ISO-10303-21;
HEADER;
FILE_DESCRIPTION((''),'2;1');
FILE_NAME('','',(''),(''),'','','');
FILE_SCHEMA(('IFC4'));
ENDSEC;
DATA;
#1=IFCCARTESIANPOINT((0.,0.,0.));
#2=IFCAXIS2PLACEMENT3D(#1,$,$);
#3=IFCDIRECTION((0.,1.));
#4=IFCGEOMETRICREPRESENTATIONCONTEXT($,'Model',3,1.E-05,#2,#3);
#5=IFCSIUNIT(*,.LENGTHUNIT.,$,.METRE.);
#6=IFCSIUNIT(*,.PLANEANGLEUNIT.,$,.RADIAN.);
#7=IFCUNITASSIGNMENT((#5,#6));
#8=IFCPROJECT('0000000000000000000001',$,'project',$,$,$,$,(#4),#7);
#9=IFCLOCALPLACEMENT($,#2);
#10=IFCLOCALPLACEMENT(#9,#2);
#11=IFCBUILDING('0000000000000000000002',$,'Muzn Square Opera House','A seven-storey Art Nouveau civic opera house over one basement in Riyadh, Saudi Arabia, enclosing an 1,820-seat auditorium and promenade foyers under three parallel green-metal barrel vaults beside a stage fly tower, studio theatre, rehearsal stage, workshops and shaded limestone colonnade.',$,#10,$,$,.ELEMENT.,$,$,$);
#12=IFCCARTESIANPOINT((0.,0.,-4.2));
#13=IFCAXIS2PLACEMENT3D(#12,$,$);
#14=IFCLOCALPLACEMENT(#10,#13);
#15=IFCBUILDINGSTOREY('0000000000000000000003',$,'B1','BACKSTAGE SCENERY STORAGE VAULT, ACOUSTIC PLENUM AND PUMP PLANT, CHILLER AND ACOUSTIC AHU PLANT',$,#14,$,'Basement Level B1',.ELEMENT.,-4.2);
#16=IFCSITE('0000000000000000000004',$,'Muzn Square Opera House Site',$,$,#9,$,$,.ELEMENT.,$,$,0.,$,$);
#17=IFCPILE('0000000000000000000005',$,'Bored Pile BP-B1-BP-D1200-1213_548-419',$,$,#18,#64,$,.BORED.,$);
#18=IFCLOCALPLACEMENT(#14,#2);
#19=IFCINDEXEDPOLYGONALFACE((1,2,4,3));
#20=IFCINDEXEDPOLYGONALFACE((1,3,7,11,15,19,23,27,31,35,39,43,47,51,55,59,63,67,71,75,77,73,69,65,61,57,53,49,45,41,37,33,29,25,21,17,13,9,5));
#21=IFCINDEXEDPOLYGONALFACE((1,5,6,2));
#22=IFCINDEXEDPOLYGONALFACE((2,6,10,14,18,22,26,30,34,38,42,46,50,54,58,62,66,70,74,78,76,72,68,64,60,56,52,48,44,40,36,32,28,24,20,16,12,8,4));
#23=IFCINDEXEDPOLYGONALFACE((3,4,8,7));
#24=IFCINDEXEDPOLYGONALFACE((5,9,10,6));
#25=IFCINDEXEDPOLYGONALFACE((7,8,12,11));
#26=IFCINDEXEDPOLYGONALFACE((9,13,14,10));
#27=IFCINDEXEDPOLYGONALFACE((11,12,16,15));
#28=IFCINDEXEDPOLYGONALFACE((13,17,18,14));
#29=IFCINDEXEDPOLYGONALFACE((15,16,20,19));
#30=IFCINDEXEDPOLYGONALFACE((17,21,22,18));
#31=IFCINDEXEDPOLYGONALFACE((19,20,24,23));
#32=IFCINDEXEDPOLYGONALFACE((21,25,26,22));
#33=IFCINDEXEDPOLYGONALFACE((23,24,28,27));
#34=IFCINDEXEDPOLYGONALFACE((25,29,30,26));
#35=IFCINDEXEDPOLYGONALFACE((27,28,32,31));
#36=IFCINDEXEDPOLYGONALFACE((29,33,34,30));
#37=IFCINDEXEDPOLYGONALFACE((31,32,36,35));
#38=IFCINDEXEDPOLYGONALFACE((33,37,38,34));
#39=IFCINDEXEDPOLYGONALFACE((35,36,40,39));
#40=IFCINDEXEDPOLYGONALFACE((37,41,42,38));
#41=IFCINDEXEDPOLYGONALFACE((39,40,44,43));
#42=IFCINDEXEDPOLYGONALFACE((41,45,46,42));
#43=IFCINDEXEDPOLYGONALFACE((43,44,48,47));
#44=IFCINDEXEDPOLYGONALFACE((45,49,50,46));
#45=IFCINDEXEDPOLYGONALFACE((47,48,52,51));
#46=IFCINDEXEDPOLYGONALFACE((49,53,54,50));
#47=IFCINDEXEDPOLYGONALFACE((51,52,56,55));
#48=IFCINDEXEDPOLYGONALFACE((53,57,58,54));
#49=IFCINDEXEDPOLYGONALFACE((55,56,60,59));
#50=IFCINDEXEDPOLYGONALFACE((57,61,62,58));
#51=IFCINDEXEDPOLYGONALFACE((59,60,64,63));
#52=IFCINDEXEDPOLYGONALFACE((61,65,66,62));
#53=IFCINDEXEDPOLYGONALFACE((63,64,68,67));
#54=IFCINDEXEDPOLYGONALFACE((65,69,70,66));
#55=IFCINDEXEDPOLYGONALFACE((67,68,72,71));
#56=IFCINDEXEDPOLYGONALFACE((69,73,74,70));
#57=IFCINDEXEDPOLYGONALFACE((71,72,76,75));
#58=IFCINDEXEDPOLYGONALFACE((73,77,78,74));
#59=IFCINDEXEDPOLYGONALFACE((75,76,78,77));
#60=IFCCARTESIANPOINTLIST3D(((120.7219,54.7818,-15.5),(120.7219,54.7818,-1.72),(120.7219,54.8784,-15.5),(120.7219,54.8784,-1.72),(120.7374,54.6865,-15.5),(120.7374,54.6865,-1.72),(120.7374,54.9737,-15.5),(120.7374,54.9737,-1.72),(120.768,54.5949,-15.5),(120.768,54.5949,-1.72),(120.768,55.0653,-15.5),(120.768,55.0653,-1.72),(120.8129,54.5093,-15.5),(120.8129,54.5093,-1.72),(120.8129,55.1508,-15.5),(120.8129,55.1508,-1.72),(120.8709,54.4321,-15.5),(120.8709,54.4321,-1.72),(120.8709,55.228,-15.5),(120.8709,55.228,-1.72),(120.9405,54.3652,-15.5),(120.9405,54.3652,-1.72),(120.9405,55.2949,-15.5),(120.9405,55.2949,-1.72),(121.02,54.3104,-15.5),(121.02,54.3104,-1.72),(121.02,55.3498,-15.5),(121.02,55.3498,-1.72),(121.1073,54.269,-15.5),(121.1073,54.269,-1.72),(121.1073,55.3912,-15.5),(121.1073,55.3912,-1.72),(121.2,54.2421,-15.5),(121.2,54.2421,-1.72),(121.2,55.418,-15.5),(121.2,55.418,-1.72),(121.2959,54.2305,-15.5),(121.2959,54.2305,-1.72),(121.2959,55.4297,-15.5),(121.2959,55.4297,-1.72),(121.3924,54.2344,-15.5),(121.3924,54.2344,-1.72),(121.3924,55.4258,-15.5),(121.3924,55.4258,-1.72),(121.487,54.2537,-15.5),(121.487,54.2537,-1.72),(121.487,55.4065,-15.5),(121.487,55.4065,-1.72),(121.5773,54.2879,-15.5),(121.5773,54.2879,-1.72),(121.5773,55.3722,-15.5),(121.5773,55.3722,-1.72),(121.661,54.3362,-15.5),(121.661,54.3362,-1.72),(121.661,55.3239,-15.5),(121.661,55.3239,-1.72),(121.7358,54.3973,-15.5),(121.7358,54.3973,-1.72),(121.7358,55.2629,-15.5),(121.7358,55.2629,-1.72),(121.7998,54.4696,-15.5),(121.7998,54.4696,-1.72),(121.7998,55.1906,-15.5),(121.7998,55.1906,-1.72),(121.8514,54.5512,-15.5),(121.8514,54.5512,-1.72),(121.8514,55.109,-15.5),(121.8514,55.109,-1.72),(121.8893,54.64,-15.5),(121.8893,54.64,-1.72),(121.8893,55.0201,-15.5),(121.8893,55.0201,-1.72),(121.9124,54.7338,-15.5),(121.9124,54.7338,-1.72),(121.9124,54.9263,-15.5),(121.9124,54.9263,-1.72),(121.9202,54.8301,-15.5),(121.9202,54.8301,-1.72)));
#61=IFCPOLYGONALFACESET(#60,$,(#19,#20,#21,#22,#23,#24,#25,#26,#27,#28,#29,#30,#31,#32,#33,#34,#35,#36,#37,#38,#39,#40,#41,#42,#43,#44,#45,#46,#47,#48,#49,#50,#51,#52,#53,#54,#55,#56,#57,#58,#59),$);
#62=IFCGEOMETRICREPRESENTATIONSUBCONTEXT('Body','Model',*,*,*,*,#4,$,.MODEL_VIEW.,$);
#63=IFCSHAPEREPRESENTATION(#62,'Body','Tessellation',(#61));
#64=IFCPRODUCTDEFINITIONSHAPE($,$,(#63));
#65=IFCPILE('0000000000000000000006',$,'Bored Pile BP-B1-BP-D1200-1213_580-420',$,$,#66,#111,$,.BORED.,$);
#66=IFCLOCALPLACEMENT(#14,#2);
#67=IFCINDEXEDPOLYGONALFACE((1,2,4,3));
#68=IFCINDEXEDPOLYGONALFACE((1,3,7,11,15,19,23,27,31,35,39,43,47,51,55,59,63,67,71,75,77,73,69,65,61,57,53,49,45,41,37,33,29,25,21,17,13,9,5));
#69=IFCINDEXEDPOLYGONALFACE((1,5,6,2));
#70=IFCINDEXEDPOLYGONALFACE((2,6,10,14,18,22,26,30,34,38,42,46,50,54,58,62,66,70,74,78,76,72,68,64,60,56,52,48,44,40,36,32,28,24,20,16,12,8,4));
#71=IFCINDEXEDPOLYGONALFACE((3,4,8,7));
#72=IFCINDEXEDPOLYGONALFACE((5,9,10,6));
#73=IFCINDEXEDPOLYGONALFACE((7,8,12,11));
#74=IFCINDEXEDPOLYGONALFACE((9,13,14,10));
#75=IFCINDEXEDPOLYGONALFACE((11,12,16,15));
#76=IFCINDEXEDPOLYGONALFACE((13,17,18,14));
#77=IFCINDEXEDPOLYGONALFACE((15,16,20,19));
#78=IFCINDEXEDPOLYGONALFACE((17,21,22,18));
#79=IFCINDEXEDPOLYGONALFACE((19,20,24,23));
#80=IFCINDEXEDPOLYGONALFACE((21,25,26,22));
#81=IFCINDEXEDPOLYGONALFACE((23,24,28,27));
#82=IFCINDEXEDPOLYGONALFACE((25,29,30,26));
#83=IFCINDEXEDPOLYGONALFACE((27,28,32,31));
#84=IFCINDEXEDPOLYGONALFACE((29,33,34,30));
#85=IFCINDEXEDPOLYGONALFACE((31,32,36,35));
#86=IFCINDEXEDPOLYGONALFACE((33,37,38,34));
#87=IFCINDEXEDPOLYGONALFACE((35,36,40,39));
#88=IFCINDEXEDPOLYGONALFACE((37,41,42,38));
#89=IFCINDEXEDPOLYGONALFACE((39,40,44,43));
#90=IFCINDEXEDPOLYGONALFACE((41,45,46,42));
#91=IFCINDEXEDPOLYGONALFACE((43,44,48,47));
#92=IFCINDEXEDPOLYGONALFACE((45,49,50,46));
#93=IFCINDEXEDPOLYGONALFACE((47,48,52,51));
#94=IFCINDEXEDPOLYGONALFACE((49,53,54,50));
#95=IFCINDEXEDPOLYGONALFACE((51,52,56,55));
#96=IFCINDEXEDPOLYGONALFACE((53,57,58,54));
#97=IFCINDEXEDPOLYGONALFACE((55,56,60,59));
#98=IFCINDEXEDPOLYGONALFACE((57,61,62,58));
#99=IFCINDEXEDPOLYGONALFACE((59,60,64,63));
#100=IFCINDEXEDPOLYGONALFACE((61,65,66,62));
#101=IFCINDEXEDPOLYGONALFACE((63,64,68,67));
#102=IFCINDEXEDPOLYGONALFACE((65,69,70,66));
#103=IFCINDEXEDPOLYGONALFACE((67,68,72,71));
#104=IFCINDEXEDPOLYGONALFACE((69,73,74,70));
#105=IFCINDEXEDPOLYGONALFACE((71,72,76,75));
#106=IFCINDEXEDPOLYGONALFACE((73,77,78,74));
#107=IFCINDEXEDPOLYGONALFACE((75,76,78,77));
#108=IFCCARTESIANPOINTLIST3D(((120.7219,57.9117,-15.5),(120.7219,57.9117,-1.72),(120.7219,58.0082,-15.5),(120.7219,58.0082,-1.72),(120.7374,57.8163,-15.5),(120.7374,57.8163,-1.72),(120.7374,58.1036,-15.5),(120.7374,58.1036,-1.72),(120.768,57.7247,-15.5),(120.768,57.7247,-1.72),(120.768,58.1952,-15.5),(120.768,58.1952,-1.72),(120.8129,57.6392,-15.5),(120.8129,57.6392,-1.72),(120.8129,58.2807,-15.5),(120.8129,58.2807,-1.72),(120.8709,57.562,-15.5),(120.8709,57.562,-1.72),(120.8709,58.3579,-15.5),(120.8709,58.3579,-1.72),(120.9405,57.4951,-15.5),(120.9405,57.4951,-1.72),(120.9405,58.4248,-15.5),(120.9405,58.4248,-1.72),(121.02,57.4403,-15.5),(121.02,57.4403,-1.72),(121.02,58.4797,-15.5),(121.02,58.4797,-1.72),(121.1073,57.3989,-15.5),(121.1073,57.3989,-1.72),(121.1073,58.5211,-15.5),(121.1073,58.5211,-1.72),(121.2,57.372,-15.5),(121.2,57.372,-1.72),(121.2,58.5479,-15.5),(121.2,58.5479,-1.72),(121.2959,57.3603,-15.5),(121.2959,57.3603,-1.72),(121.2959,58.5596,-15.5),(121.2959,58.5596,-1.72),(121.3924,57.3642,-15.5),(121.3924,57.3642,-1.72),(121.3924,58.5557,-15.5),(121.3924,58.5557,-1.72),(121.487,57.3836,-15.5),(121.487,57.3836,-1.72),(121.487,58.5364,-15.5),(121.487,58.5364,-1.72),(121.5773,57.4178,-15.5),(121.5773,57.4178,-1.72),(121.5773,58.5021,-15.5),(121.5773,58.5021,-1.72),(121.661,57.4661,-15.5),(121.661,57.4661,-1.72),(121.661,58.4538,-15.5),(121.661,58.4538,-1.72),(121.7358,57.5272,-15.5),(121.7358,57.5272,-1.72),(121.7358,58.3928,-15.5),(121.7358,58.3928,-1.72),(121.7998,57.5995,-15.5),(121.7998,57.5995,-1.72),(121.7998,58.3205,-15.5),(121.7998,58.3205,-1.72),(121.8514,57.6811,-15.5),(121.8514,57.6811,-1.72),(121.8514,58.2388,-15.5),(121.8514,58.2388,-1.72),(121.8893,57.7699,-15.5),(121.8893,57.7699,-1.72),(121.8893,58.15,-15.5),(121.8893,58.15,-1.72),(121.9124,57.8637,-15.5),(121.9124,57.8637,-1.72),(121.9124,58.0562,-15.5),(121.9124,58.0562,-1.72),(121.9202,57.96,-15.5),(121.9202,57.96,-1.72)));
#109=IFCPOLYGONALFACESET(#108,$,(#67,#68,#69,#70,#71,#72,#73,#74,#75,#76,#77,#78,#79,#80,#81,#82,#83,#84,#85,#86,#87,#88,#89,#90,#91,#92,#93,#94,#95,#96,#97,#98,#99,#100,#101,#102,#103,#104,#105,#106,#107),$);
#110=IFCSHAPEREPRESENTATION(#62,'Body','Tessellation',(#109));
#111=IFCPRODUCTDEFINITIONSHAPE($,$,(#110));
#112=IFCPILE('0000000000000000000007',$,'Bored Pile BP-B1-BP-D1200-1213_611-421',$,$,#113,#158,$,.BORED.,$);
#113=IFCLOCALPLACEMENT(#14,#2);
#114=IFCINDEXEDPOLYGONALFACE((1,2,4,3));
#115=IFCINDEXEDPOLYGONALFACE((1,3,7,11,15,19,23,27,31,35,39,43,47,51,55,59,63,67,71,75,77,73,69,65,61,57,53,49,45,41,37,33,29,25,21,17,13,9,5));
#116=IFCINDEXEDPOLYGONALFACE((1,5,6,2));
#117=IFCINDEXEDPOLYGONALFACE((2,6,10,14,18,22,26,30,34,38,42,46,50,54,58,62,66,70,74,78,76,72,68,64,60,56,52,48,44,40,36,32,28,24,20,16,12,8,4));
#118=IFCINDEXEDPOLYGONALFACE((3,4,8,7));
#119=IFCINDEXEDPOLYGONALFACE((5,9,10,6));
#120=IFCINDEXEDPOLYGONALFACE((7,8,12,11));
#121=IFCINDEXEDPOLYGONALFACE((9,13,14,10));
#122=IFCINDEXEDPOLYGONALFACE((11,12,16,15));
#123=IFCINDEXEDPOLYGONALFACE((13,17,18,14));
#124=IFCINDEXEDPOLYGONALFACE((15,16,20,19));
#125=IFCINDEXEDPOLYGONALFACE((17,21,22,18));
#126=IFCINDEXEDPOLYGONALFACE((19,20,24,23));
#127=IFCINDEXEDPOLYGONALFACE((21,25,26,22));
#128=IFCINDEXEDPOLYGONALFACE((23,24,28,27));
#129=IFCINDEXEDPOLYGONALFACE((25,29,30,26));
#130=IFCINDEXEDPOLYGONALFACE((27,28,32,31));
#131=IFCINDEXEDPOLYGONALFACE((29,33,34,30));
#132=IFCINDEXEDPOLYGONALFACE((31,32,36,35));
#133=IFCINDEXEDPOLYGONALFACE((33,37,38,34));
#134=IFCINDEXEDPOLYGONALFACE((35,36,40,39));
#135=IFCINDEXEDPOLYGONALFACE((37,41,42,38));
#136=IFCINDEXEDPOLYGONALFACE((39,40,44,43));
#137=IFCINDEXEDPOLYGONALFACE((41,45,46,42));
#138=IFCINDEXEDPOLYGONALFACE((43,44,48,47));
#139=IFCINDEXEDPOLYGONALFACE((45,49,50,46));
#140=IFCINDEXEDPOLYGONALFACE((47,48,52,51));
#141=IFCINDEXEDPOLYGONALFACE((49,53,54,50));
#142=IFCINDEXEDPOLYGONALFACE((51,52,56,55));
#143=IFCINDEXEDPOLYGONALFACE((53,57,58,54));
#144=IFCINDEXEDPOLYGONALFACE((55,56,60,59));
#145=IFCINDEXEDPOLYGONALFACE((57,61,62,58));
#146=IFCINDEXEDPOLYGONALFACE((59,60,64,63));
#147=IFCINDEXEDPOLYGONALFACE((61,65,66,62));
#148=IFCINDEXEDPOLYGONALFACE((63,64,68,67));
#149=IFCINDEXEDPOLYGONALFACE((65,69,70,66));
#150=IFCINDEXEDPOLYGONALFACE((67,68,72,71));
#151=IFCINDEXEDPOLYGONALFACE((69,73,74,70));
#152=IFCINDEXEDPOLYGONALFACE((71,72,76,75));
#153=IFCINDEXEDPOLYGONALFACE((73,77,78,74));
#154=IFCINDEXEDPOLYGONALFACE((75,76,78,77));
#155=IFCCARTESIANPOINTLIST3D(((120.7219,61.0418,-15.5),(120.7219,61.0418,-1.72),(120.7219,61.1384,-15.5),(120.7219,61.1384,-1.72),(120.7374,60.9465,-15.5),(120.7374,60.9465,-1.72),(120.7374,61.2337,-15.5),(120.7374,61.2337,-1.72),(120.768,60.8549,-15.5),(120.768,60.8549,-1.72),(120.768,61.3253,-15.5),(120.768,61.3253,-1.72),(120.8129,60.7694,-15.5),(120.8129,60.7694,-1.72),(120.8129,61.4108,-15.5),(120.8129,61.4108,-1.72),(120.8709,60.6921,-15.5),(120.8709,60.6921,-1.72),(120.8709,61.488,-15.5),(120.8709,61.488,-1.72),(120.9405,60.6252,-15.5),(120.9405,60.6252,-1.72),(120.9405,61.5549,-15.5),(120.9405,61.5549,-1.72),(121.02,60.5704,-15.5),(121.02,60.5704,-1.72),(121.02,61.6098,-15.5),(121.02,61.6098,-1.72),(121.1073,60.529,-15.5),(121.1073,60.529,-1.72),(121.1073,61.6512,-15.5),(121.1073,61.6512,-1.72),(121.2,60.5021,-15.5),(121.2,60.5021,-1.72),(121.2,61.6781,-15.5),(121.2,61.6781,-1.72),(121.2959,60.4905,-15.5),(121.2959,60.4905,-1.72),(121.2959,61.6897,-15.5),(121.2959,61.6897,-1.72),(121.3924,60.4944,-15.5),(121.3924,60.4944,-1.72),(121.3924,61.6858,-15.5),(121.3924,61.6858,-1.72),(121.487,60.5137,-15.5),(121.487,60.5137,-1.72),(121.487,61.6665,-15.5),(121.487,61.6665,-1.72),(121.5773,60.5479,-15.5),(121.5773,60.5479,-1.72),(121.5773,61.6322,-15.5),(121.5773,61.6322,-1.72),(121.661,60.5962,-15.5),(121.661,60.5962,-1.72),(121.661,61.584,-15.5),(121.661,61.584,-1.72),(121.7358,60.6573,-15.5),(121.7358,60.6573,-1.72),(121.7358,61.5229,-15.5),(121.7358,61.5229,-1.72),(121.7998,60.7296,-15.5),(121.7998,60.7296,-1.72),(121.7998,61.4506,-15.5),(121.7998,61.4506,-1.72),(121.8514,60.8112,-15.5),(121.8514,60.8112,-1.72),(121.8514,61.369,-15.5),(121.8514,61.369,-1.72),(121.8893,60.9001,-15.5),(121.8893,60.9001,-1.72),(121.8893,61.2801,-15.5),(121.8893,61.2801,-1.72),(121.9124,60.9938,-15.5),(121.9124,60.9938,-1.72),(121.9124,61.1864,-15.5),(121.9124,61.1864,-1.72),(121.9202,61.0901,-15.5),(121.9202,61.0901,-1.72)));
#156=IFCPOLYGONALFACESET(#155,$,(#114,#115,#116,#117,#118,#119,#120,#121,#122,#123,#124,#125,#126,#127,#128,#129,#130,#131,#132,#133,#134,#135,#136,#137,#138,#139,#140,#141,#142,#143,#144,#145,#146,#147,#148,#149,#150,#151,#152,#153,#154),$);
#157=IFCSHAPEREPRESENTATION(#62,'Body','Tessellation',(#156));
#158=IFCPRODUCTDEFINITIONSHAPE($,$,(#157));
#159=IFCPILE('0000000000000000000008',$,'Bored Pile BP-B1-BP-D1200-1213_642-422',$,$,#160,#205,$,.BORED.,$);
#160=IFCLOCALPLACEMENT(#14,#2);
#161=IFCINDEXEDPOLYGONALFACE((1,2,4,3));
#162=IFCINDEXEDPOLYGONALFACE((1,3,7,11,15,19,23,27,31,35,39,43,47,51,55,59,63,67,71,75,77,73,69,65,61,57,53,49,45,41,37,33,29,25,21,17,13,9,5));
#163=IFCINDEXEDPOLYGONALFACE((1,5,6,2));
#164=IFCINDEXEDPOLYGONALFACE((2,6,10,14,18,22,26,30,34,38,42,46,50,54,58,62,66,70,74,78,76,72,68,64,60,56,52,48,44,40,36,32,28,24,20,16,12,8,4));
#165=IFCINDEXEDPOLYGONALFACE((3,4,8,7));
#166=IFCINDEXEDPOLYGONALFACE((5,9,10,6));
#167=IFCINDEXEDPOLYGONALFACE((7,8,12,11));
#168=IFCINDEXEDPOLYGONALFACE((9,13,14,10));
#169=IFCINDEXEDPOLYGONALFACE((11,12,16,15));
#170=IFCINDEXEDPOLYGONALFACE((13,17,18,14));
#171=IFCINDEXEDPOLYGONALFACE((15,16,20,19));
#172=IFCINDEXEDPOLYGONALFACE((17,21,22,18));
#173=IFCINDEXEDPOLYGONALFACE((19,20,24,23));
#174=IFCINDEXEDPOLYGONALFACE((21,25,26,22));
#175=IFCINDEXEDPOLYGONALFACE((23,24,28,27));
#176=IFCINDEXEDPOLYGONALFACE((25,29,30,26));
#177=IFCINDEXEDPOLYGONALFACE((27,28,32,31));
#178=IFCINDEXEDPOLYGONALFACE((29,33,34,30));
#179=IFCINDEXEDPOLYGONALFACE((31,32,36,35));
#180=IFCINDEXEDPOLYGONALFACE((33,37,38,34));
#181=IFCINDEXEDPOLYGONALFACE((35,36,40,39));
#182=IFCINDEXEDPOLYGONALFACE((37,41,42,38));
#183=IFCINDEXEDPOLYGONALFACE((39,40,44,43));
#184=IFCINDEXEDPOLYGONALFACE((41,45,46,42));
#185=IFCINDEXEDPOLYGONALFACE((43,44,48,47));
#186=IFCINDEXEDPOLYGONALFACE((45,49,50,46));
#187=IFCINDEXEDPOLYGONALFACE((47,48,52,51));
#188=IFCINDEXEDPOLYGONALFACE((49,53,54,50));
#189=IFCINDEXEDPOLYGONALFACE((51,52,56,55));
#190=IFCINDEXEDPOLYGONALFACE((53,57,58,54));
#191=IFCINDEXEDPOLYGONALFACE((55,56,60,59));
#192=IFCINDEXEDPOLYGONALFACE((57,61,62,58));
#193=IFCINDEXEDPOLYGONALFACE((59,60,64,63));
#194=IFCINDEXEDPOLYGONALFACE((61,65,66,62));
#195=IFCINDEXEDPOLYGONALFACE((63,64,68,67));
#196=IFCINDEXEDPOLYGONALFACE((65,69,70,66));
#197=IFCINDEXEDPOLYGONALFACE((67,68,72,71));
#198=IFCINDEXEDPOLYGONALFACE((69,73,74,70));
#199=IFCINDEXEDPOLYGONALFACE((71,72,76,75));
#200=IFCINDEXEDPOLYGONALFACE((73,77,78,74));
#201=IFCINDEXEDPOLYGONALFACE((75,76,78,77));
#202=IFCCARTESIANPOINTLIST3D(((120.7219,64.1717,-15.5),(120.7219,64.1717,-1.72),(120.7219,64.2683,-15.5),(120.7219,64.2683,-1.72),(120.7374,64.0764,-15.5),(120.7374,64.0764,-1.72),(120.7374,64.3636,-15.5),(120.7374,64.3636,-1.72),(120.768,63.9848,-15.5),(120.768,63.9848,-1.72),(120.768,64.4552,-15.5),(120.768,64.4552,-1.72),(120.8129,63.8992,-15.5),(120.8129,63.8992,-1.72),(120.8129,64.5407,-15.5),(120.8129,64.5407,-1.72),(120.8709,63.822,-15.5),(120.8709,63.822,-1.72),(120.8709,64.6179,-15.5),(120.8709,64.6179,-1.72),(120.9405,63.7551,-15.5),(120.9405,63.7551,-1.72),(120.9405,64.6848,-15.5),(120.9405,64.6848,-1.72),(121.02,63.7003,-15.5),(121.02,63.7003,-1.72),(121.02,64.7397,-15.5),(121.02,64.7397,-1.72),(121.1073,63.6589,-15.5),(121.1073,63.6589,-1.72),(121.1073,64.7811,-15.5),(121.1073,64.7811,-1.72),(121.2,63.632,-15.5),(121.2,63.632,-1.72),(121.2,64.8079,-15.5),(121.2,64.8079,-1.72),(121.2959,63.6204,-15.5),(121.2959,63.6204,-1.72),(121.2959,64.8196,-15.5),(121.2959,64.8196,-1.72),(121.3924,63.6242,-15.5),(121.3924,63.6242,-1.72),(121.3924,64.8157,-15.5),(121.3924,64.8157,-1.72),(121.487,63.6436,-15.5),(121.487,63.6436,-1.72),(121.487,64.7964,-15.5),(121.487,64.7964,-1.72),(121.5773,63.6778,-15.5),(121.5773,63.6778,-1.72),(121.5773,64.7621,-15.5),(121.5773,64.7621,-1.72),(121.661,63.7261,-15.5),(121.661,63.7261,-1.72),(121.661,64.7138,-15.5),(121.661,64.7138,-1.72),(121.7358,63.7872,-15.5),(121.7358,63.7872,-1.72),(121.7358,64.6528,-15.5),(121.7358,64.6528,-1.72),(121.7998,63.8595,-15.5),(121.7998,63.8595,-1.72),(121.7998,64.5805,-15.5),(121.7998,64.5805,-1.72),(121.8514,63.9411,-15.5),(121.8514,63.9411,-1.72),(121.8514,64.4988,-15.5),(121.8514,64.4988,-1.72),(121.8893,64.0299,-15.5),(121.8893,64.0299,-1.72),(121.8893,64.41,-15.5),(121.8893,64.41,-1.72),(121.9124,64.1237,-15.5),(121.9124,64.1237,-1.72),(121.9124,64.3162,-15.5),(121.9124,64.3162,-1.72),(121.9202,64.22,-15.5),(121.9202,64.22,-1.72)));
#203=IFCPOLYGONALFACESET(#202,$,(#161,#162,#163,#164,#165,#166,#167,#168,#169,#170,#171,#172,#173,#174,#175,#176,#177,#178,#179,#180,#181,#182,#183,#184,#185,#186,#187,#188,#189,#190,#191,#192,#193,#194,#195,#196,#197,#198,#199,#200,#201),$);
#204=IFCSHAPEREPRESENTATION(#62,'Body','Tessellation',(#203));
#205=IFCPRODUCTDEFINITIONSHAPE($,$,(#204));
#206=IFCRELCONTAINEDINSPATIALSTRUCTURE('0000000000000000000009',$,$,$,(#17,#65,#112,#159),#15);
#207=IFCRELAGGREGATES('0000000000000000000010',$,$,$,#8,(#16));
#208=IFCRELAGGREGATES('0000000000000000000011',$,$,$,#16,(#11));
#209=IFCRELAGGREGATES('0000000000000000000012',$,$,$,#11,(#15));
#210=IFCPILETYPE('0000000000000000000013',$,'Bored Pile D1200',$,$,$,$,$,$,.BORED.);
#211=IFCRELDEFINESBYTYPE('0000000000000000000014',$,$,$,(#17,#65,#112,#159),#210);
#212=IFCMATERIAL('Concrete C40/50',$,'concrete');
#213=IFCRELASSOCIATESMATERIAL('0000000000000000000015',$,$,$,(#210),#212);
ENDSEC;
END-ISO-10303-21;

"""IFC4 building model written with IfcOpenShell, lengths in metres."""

from ifc_helpers import new_model, si_unit, direction, frame, origin, origin_2d, place, context, subcontext, project, spatial, circle, extrude, material, material_profile, profile_set, type_object, element, save


model = new_model("IFC4")

# Units and contexts
model_context = context("Model", 3, precision=1e-05, world=origin(), true_north=direction((0.0, 1.0)))
body_context = subcontext(model_context, "Body", "Model", "MODEL_VIEW")
ifc_project = project(units=[si_unit("LENGTHUNIT", "METRE"), si_unit("PLANEANGLEUNIT", "RADIAN")], contexts=[model_context])

# Site, building, storey
site_placement = place(None, origin())
site = spatial("IfcSite", under=ifc_project, at=site_placement, Name="Muzn Square Opera House Site", CompositionType="ELEMENT", RefElevation=0.0)
building_placement = place(site_placement, origin())
building = spatial("IfcBuilding", under=site, at=building_placement, Name="Muzn Square Opera House", Description="A seven-storey Art Nouveau civic opera house over one basement in Riyadh, Saudi Arabia, enclosing an 1,820-seat auditorium and promenade foyers under three parallel green-metal barrel vaults beside a stage fly tower, studio theatre, rehearsal stage, workshops and shaded limestone colonnade.", CompositionType="ELEMENT")
storey_placement = place(building_placement, frame((0.0, 0.0, -4.2)))
storey = spatial("IfcBuildingStorey", under=building, at=storey_placement, Name="B1", Description="BACKSTAGE SCENERY STORAGE VAULT, ACOUSTIC PLENUM AND PUMP PLANT, CHILLER AND ACOUSTIC AHU PLANT", LongName="Basement Level B1", CompositionType="ELEMENT", Elevation=-4.2)

# Piles
ifc_material_1 = material(Name="Concrete C40/50", Category="concrete")
ifc_material_profile_1 = material_profile(ifc_material_1, circle(Radius=0.6001, at=origin_2d()), Name="BORED PILE D1200", Category="concrete")
ifc_profile_set_1 = profile_set([ifc_material_profile_1], Name="Concrete C40/50")
pile_type = type_object("IfcPileType", Name="Bored Pile D1200", PredefinedType="BORED", material=ifc_profile_set_1)
for number, where, z_axis, x_axis, name in (
    (1, (121.3201, 54.8301, -1.72), (0.0, 0.0, -1.0), (1.0, 0.0, 0.0), "Bored Pile BP-B1-BP-D1200-1213_548-419"),
    (2, (121.3201, 57.96, -1.72), (0.0, 0.0, -1.0), (1.0, 0.0, 0.0), "Bored Pile BP-B1-BP-D1200-1213_580-420"),
    (3, (121.3201, 61.0901, -1.72), (0.0, 0.0, -1.0), (1.0, 0.0, 0.0), "Bored Pile BP-B1-BP-D1200-1213_611-421"),
    (4, (121.3201, 64.22, -1.72), (0.0, 0.0, -1.0), (1.0, 0.0, 0.0), "Bored Pile BP-B1-BP-D1200-1213_642-422"),
):
    element("IfcPile", number, at=place(storey_placement, frame(where, z_axis=z_axis, x_axis=x_axis)), inside=storey, type_object=pile_type, Name=name, PredefinedType="BORED", context=body_context, shape_type="SweptSolid", body=[
        extrude(circle(Radius=0.6001, at=origin_2d()), origin(), (0.0, 0.0, 1.0), 13.78),
    ])

save(model, "model.ifc")
